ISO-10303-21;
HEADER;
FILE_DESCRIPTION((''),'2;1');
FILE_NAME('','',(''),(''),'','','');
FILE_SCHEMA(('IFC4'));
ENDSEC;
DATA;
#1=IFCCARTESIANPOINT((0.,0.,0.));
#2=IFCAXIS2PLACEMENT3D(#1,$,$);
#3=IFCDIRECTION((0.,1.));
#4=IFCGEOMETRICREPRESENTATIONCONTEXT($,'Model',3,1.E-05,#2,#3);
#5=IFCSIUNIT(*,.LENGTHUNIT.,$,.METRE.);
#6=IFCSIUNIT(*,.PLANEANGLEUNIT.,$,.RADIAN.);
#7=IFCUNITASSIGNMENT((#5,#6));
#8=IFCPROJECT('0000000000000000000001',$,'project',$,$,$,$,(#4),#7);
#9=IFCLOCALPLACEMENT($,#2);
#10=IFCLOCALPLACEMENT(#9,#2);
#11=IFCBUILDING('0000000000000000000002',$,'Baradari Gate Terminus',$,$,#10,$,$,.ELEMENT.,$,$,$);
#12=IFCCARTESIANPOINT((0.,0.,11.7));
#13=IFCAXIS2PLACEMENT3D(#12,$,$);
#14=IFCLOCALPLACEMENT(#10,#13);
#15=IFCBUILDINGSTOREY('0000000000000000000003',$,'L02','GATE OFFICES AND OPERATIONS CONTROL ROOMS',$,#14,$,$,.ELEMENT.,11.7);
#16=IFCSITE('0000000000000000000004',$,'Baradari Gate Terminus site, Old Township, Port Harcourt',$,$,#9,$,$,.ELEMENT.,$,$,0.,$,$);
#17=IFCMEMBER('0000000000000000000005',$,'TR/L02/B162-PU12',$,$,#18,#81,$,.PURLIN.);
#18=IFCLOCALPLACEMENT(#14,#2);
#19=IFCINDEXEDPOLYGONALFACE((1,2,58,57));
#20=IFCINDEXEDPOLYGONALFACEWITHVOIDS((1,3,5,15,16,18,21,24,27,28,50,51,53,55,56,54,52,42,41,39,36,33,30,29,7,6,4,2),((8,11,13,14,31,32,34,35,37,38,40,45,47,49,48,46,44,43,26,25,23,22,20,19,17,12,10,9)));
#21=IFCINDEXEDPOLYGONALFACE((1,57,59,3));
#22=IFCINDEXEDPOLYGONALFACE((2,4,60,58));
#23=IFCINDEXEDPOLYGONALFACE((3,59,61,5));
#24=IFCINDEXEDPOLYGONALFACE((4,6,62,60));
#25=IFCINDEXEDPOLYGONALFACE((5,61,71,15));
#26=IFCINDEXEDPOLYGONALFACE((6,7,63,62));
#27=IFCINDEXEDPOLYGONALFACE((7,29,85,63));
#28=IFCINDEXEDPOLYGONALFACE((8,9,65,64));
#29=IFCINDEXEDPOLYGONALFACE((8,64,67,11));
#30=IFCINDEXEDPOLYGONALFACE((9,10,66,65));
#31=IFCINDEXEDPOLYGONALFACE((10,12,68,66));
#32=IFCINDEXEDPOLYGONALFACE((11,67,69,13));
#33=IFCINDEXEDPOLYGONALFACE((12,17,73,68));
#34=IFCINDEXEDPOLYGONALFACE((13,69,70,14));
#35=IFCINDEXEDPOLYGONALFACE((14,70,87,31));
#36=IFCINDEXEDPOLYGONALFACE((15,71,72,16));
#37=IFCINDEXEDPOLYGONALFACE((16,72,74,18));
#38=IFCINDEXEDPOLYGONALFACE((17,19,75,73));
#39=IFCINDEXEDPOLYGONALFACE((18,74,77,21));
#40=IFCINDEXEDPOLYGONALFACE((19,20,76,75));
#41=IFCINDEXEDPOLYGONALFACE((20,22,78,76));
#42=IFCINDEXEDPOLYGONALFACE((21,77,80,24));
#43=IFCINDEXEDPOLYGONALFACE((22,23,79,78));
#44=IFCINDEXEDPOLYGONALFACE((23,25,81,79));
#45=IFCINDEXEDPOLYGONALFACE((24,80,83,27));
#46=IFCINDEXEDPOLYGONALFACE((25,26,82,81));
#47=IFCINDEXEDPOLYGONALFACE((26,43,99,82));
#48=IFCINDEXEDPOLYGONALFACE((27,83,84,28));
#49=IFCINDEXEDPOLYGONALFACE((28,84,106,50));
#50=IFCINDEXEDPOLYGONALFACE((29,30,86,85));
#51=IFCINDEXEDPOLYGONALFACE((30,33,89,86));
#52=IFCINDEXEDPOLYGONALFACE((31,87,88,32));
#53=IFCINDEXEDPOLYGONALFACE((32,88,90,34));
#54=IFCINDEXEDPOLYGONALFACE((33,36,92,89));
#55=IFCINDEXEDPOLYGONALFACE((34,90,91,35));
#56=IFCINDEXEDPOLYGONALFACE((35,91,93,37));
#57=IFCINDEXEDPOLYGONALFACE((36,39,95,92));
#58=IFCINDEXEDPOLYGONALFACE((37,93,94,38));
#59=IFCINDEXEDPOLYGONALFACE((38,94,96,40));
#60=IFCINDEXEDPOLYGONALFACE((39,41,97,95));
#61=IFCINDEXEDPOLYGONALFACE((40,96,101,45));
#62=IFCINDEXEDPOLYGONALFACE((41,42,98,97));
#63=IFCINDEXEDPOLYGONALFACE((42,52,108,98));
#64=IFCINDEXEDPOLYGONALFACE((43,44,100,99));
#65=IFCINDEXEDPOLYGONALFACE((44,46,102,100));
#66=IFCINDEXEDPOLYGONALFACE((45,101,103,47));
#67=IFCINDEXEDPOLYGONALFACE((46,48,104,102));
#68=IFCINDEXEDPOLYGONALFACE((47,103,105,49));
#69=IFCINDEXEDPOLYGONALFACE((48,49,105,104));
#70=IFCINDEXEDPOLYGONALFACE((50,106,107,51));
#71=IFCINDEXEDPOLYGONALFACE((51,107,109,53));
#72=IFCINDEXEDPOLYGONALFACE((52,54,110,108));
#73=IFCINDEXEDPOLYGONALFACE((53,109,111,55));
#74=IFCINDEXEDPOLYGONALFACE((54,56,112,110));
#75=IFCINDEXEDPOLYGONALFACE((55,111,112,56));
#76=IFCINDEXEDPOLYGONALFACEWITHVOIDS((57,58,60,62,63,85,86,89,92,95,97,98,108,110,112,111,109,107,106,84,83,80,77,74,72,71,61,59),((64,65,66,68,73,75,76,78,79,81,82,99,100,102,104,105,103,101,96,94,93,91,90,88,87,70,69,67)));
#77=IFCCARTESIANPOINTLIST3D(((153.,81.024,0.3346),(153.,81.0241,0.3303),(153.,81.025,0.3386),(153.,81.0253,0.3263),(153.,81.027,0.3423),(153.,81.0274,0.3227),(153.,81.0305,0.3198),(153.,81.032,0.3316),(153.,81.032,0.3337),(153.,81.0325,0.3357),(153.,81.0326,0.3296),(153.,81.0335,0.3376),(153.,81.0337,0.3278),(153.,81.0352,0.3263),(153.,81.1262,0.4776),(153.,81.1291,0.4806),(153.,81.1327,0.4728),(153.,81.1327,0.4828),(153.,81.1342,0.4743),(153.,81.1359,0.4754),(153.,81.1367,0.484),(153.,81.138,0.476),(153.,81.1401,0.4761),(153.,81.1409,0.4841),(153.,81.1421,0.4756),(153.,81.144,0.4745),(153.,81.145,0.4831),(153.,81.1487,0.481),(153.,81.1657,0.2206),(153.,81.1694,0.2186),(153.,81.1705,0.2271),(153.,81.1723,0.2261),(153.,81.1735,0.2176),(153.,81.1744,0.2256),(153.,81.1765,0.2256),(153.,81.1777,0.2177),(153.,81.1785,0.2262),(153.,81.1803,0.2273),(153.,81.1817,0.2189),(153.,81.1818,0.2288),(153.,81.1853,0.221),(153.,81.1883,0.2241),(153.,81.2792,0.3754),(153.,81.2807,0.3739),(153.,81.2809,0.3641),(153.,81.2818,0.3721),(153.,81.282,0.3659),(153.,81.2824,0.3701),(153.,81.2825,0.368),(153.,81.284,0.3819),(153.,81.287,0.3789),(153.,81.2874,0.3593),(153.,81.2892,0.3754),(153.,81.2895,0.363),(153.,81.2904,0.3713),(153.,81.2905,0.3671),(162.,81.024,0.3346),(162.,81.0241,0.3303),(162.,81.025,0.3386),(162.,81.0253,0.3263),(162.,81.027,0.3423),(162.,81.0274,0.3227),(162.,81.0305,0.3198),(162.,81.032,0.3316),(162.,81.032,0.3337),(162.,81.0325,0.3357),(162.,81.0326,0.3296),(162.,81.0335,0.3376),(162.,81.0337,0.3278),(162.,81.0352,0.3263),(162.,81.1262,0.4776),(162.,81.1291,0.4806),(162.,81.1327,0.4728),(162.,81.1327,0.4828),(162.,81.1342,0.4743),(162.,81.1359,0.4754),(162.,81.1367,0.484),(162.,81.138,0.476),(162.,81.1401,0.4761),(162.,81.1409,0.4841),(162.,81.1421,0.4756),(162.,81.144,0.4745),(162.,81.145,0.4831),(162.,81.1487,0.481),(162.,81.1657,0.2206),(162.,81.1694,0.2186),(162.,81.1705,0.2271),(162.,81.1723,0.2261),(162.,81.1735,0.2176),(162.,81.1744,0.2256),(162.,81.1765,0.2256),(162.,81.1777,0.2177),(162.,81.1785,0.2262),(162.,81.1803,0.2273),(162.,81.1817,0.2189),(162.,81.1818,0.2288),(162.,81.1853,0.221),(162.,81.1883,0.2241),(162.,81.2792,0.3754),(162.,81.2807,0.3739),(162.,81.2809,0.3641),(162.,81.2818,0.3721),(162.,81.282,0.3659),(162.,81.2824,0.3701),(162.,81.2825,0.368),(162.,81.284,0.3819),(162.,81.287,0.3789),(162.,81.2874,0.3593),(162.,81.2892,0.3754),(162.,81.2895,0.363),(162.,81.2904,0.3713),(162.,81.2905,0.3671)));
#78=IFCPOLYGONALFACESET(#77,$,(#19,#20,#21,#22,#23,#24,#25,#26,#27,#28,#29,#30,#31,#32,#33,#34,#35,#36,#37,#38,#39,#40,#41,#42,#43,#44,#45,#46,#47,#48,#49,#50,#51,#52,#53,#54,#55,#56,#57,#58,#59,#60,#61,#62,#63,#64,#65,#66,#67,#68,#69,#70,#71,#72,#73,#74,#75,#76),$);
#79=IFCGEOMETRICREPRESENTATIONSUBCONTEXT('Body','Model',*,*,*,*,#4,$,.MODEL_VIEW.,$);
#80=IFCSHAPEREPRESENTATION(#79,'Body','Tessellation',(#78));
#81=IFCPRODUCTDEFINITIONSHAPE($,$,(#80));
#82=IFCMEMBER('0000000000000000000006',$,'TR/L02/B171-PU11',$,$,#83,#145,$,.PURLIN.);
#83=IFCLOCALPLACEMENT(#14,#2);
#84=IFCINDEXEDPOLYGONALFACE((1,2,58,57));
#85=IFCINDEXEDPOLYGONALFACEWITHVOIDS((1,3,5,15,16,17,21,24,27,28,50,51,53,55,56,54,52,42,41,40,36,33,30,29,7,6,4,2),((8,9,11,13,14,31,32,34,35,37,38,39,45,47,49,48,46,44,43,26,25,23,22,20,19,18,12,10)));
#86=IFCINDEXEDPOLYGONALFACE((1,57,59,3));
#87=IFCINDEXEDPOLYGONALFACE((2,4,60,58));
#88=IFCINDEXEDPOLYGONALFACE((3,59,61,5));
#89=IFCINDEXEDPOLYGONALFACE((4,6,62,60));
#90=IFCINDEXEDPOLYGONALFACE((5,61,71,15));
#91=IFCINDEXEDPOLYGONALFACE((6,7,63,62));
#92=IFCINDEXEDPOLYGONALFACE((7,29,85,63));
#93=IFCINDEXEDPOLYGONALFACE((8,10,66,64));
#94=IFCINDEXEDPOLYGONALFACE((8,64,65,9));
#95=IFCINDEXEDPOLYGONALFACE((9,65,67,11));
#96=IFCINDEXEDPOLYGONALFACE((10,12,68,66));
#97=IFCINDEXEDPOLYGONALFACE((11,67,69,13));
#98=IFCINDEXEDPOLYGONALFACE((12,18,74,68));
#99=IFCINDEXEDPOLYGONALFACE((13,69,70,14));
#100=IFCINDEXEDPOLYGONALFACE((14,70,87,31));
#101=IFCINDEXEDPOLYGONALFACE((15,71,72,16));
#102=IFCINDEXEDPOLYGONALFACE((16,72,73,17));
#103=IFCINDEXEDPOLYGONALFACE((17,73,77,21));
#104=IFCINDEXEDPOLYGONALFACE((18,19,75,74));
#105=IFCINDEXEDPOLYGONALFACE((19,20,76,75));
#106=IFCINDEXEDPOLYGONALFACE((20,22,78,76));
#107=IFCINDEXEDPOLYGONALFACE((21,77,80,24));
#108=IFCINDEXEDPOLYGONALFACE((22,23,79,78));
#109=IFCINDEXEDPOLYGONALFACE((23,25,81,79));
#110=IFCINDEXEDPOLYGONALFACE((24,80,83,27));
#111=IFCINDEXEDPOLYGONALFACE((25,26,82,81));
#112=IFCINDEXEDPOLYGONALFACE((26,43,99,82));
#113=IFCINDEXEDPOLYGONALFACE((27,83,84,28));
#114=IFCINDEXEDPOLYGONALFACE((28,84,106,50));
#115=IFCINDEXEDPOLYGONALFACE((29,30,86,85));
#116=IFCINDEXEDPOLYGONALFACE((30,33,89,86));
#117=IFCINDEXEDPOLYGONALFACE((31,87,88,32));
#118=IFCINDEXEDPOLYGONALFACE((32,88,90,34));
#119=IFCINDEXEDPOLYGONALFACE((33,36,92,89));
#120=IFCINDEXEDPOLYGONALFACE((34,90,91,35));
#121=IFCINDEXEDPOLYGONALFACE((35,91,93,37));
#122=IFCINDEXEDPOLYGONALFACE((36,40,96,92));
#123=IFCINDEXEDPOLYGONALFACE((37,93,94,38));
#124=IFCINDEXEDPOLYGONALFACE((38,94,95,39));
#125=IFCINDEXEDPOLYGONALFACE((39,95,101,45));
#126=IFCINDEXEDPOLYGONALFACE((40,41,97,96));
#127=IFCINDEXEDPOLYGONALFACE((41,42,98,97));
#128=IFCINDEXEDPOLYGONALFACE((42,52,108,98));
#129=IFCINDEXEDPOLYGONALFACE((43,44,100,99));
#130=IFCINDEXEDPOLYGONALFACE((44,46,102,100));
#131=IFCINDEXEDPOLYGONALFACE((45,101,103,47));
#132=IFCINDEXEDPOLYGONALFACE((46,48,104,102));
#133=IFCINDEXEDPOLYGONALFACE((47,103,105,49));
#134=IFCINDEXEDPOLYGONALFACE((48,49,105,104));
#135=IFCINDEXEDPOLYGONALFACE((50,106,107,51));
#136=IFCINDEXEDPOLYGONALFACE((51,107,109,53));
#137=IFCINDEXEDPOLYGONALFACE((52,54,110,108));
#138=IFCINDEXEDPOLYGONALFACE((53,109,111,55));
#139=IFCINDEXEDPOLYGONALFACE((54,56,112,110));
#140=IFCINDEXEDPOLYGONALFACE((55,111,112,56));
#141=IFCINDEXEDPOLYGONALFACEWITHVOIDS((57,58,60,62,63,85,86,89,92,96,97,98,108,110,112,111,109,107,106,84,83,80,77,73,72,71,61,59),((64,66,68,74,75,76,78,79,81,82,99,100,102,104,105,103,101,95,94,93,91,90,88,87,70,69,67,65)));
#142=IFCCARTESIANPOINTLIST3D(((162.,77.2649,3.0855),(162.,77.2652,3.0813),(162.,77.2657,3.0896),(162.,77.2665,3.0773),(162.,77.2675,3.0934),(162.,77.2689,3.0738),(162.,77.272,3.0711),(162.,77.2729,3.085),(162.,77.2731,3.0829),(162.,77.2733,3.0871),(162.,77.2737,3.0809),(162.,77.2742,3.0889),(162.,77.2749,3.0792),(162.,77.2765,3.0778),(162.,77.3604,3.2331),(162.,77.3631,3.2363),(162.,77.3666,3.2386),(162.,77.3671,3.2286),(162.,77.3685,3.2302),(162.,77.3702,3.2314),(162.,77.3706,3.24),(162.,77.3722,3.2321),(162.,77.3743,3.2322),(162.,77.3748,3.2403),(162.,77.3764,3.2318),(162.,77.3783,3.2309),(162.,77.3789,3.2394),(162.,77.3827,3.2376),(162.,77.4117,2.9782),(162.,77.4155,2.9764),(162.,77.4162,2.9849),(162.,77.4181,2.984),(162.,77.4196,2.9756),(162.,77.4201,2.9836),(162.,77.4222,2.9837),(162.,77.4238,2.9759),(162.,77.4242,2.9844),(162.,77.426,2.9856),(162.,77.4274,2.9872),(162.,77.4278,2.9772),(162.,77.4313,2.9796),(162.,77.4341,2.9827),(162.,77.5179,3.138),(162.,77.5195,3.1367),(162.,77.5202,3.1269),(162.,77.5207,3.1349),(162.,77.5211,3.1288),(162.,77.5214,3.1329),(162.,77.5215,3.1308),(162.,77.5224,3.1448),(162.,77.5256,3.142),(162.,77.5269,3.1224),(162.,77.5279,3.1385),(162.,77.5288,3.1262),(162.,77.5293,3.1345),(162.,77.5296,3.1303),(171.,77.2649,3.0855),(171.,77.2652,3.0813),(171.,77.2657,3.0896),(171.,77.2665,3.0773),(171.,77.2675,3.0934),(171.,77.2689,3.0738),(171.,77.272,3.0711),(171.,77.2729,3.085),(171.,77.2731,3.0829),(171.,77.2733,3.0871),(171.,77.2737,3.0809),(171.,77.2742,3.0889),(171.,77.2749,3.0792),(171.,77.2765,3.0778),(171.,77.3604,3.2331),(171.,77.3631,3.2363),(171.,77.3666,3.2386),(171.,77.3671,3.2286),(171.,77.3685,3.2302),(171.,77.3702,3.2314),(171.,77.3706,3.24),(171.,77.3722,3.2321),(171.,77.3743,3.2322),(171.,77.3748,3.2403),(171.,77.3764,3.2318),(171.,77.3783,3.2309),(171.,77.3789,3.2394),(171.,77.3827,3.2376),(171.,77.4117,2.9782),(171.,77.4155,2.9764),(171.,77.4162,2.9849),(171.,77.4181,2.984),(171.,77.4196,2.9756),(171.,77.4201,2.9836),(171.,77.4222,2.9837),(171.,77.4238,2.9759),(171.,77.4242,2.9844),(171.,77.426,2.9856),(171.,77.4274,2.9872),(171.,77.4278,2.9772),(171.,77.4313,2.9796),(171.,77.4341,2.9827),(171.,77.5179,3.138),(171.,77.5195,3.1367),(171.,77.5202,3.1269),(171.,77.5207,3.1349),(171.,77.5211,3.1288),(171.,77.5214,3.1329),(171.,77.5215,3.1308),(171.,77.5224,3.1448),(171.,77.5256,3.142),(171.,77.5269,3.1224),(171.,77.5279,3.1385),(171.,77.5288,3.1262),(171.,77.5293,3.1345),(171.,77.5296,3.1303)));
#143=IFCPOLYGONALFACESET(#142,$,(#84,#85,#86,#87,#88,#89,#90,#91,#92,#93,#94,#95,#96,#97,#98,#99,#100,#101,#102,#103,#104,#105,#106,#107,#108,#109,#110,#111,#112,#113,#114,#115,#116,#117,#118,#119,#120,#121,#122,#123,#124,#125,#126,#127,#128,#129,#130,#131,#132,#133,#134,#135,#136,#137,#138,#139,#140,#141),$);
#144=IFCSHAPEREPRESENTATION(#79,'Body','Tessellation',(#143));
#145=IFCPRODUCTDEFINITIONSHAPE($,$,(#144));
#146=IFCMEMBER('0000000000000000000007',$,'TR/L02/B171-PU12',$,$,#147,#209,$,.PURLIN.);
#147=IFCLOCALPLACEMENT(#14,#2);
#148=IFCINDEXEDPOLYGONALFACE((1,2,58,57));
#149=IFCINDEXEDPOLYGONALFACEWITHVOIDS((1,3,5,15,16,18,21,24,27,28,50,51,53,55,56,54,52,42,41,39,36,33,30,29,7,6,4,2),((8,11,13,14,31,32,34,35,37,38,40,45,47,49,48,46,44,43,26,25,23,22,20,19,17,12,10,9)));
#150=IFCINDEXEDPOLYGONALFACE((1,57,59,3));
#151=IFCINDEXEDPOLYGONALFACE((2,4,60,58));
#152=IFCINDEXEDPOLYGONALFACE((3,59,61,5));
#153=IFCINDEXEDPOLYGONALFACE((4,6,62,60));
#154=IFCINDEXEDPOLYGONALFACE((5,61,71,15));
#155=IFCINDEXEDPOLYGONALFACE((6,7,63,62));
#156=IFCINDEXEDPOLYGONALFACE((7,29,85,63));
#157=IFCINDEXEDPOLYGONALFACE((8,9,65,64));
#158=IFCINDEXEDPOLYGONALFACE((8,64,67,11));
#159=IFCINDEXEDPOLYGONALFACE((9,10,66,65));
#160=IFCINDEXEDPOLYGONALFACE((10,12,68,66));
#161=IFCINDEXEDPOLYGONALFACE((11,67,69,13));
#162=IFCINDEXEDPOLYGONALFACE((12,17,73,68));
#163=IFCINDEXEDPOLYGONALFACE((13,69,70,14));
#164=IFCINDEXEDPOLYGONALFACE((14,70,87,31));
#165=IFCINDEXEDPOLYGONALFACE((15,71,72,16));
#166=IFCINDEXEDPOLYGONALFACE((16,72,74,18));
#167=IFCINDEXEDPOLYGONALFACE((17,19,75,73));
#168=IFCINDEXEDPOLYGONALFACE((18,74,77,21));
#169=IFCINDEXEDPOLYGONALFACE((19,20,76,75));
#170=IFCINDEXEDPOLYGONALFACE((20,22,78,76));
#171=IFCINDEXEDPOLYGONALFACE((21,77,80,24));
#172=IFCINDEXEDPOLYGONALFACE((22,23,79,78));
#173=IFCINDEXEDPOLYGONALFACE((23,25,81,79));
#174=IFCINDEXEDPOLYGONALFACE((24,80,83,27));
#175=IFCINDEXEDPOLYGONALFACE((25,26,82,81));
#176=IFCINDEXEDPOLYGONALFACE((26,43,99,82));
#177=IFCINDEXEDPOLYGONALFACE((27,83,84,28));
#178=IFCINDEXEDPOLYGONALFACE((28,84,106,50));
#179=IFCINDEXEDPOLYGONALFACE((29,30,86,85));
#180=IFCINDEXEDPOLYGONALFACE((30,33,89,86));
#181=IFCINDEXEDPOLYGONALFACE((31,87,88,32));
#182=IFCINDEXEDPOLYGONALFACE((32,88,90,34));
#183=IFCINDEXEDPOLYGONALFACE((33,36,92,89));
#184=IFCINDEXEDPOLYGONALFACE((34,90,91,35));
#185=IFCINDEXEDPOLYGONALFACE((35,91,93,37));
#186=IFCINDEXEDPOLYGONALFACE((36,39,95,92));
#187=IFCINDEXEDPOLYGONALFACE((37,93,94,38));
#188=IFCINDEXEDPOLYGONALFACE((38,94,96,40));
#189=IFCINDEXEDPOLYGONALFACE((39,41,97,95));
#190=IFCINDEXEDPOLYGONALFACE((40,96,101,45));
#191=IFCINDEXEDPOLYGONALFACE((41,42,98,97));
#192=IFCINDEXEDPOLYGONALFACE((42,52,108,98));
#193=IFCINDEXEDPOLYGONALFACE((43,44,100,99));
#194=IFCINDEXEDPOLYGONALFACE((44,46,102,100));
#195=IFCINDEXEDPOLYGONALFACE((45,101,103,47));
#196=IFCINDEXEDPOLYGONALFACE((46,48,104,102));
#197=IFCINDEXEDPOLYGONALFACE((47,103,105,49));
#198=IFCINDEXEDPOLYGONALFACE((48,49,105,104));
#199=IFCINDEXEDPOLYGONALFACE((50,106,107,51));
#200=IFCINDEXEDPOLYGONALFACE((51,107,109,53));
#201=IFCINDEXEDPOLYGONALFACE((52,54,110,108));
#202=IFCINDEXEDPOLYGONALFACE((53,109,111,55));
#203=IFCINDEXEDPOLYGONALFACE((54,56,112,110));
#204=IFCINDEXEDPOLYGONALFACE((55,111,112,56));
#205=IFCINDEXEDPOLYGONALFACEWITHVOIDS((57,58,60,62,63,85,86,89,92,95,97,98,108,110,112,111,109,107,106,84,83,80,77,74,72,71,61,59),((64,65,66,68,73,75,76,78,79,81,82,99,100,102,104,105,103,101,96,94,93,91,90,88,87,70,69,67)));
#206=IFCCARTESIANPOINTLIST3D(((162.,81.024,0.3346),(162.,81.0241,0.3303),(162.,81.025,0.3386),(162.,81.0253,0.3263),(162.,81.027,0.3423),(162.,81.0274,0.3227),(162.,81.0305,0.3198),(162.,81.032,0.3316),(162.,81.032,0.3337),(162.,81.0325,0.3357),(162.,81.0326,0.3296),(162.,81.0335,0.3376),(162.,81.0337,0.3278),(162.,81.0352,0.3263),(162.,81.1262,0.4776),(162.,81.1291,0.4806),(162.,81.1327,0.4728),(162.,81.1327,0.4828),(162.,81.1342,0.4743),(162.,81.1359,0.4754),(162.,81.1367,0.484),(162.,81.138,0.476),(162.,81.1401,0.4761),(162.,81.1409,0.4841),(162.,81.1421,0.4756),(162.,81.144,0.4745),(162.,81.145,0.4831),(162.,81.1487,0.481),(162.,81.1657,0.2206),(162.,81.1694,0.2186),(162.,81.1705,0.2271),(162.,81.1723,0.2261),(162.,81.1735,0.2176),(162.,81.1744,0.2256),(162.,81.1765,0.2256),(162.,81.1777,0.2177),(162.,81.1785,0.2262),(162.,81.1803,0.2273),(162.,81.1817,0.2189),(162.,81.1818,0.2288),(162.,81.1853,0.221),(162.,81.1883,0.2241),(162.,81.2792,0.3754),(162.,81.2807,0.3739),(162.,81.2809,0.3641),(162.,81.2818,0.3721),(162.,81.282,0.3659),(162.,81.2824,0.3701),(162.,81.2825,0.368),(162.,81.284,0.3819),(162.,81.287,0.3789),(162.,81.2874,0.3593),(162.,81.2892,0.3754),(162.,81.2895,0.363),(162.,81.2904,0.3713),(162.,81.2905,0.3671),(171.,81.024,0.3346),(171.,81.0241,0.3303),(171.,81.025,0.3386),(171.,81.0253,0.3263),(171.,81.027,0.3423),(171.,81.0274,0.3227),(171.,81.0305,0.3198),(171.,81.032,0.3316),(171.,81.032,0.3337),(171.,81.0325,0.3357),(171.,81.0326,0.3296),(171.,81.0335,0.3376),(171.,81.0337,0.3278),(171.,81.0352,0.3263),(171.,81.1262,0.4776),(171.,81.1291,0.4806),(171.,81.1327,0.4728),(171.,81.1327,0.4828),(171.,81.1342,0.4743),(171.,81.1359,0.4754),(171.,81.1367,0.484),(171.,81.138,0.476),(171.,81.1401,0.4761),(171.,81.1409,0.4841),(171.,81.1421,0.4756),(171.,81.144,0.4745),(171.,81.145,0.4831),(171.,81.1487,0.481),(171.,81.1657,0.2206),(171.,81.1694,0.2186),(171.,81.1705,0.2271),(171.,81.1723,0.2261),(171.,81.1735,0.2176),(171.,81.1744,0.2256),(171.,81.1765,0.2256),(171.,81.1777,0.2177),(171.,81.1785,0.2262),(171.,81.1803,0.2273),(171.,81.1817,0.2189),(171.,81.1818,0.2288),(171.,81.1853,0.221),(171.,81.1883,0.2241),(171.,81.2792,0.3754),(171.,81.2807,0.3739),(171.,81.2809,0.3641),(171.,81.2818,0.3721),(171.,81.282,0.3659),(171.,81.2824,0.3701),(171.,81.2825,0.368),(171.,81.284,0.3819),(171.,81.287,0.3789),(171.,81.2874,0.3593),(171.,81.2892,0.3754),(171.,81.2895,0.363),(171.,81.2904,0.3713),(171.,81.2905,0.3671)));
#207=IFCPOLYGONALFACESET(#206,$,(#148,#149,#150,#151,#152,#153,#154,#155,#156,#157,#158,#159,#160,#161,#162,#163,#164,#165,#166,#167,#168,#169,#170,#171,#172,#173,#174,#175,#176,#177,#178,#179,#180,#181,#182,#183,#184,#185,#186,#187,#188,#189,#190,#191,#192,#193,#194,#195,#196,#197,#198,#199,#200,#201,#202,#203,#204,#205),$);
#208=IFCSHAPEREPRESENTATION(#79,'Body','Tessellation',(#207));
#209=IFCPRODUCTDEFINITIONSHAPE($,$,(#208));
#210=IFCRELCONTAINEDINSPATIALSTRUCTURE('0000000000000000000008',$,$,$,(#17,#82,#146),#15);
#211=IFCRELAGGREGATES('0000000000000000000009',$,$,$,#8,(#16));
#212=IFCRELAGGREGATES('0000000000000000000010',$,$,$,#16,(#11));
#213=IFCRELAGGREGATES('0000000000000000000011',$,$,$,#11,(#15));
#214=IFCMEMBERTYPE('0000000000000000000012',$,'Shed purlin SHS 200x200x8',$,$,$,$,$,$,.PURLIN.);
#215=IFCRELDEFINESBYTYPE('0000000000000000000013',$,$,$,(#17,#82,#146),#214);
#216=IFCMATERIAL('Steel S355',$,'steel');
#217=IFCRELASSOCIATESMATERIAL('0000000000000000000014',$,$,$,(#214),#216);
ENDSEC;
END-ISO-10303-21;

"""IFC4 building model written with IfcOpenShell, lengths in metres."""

from ifc_helpers import new_model, si_unit, direction, frame, origin, origin_2d, place, context, subcontext, project, spatial, hollow_rectangle, extrude, material, material_profile, profile_set, type_object, element, save


model = new_model("IFC4")

# Units and contexts
model_context = context("Model", 3, precision=1e-05, world=origin(), true_north=direction((0.0, 1.0)))
body_context = subcontext(model_context, "Body", "Model", "MODEL_VIEW")
ifc_project = project(units=[si_unit("LENGTHUNIT", "METRE"), si_unit("PLANEANGLEUNIT", "RADIAN")], contexts=[model_context])

# Site, building, storey
site_placement = place(None, origin())
site = spatial("IfcSite", under=ifc_project, at=site_placement, Name="Baradari Gate Terminus site, Old Township, Port Harcourt", CompositionType="ELEMENT", RefElevation=0.0)
building_placement = place(site_placement, origin())
building = spatial("IfcBuilding", under=site, at=building_placement, Name="Baradari Gate Terminus", CompositionType="ELEMENT")
storey_placement = place(building_placement, frame((0.0, 0.0, 11.7)))
storey = spatial("IfcBuildingStorey", under=building, at=storey_placement, Name="L02", Description="GATE OFFICES AND OPERATIONS CONTROL ROOMS", CompositionType="ELEMENT", Elevation=11.7)

# Members
ifc_material_1 = material(Name="Steel S355", Category="steel")
ifc_material_profile_1 = material_profile(ifc_material_1, hollow_rectangle(XDim=0.2, YDim=0.2, WallThickness=0.0081, InnerFilletRadius=0.0081, OuterFilletRadius=0.0161, at=origin_2d()), Name="SHS 200x200x8")
ifc_profile_set_1 = profile_set([ifc_material_profile_1], Name="Steel S355")
member_type_1 = type_object("IfcMemberType", Name="Shed purlin SHS 200x200x8", PredefinedType="PURLIN", material=ifc_profile_set_1)
for number, where, z_axis, x_axis, name in (
    (1, (153.0, 81.1572, 0.3508), (1.0, 0.0, 0.0), (0.0, 0.806405, -0.591364), "TR/L02/B162-PU12"),
    (2, (162.0, 77.3972, 3.1079), (1.0, 0.0, 0.0), (0.0, 0.832836, -0.553519), "TR/L02/B171-PU11"),
    (3, (162.0, 81.1572, 0.3508), (1.0, 0.0, 0.0), (0.0, 0.806405, -0.591364), "TR/L02/B171-PU12"),
):
    element("IfcMember", number, at=place(storey_placement, frame(where, z_axis=z_axis, x_axis=x_axis)), inside=storey, type_object=member_type_1, Name=name, PredefinedType="PURLIN", context=body_context, shape_type="SweptSolid", body=[
        extrude(hollow_rectangle(XDim=0.2, YDim=0.2, WallThickness=0.0081, InnerFilletRadius=0.0081, OuterFilletRadius=0.0161, at=origin_2d()), origin(), (0.0, 0.0, 1.0), 9.0),
    ])

save(model, "model.ifc")
